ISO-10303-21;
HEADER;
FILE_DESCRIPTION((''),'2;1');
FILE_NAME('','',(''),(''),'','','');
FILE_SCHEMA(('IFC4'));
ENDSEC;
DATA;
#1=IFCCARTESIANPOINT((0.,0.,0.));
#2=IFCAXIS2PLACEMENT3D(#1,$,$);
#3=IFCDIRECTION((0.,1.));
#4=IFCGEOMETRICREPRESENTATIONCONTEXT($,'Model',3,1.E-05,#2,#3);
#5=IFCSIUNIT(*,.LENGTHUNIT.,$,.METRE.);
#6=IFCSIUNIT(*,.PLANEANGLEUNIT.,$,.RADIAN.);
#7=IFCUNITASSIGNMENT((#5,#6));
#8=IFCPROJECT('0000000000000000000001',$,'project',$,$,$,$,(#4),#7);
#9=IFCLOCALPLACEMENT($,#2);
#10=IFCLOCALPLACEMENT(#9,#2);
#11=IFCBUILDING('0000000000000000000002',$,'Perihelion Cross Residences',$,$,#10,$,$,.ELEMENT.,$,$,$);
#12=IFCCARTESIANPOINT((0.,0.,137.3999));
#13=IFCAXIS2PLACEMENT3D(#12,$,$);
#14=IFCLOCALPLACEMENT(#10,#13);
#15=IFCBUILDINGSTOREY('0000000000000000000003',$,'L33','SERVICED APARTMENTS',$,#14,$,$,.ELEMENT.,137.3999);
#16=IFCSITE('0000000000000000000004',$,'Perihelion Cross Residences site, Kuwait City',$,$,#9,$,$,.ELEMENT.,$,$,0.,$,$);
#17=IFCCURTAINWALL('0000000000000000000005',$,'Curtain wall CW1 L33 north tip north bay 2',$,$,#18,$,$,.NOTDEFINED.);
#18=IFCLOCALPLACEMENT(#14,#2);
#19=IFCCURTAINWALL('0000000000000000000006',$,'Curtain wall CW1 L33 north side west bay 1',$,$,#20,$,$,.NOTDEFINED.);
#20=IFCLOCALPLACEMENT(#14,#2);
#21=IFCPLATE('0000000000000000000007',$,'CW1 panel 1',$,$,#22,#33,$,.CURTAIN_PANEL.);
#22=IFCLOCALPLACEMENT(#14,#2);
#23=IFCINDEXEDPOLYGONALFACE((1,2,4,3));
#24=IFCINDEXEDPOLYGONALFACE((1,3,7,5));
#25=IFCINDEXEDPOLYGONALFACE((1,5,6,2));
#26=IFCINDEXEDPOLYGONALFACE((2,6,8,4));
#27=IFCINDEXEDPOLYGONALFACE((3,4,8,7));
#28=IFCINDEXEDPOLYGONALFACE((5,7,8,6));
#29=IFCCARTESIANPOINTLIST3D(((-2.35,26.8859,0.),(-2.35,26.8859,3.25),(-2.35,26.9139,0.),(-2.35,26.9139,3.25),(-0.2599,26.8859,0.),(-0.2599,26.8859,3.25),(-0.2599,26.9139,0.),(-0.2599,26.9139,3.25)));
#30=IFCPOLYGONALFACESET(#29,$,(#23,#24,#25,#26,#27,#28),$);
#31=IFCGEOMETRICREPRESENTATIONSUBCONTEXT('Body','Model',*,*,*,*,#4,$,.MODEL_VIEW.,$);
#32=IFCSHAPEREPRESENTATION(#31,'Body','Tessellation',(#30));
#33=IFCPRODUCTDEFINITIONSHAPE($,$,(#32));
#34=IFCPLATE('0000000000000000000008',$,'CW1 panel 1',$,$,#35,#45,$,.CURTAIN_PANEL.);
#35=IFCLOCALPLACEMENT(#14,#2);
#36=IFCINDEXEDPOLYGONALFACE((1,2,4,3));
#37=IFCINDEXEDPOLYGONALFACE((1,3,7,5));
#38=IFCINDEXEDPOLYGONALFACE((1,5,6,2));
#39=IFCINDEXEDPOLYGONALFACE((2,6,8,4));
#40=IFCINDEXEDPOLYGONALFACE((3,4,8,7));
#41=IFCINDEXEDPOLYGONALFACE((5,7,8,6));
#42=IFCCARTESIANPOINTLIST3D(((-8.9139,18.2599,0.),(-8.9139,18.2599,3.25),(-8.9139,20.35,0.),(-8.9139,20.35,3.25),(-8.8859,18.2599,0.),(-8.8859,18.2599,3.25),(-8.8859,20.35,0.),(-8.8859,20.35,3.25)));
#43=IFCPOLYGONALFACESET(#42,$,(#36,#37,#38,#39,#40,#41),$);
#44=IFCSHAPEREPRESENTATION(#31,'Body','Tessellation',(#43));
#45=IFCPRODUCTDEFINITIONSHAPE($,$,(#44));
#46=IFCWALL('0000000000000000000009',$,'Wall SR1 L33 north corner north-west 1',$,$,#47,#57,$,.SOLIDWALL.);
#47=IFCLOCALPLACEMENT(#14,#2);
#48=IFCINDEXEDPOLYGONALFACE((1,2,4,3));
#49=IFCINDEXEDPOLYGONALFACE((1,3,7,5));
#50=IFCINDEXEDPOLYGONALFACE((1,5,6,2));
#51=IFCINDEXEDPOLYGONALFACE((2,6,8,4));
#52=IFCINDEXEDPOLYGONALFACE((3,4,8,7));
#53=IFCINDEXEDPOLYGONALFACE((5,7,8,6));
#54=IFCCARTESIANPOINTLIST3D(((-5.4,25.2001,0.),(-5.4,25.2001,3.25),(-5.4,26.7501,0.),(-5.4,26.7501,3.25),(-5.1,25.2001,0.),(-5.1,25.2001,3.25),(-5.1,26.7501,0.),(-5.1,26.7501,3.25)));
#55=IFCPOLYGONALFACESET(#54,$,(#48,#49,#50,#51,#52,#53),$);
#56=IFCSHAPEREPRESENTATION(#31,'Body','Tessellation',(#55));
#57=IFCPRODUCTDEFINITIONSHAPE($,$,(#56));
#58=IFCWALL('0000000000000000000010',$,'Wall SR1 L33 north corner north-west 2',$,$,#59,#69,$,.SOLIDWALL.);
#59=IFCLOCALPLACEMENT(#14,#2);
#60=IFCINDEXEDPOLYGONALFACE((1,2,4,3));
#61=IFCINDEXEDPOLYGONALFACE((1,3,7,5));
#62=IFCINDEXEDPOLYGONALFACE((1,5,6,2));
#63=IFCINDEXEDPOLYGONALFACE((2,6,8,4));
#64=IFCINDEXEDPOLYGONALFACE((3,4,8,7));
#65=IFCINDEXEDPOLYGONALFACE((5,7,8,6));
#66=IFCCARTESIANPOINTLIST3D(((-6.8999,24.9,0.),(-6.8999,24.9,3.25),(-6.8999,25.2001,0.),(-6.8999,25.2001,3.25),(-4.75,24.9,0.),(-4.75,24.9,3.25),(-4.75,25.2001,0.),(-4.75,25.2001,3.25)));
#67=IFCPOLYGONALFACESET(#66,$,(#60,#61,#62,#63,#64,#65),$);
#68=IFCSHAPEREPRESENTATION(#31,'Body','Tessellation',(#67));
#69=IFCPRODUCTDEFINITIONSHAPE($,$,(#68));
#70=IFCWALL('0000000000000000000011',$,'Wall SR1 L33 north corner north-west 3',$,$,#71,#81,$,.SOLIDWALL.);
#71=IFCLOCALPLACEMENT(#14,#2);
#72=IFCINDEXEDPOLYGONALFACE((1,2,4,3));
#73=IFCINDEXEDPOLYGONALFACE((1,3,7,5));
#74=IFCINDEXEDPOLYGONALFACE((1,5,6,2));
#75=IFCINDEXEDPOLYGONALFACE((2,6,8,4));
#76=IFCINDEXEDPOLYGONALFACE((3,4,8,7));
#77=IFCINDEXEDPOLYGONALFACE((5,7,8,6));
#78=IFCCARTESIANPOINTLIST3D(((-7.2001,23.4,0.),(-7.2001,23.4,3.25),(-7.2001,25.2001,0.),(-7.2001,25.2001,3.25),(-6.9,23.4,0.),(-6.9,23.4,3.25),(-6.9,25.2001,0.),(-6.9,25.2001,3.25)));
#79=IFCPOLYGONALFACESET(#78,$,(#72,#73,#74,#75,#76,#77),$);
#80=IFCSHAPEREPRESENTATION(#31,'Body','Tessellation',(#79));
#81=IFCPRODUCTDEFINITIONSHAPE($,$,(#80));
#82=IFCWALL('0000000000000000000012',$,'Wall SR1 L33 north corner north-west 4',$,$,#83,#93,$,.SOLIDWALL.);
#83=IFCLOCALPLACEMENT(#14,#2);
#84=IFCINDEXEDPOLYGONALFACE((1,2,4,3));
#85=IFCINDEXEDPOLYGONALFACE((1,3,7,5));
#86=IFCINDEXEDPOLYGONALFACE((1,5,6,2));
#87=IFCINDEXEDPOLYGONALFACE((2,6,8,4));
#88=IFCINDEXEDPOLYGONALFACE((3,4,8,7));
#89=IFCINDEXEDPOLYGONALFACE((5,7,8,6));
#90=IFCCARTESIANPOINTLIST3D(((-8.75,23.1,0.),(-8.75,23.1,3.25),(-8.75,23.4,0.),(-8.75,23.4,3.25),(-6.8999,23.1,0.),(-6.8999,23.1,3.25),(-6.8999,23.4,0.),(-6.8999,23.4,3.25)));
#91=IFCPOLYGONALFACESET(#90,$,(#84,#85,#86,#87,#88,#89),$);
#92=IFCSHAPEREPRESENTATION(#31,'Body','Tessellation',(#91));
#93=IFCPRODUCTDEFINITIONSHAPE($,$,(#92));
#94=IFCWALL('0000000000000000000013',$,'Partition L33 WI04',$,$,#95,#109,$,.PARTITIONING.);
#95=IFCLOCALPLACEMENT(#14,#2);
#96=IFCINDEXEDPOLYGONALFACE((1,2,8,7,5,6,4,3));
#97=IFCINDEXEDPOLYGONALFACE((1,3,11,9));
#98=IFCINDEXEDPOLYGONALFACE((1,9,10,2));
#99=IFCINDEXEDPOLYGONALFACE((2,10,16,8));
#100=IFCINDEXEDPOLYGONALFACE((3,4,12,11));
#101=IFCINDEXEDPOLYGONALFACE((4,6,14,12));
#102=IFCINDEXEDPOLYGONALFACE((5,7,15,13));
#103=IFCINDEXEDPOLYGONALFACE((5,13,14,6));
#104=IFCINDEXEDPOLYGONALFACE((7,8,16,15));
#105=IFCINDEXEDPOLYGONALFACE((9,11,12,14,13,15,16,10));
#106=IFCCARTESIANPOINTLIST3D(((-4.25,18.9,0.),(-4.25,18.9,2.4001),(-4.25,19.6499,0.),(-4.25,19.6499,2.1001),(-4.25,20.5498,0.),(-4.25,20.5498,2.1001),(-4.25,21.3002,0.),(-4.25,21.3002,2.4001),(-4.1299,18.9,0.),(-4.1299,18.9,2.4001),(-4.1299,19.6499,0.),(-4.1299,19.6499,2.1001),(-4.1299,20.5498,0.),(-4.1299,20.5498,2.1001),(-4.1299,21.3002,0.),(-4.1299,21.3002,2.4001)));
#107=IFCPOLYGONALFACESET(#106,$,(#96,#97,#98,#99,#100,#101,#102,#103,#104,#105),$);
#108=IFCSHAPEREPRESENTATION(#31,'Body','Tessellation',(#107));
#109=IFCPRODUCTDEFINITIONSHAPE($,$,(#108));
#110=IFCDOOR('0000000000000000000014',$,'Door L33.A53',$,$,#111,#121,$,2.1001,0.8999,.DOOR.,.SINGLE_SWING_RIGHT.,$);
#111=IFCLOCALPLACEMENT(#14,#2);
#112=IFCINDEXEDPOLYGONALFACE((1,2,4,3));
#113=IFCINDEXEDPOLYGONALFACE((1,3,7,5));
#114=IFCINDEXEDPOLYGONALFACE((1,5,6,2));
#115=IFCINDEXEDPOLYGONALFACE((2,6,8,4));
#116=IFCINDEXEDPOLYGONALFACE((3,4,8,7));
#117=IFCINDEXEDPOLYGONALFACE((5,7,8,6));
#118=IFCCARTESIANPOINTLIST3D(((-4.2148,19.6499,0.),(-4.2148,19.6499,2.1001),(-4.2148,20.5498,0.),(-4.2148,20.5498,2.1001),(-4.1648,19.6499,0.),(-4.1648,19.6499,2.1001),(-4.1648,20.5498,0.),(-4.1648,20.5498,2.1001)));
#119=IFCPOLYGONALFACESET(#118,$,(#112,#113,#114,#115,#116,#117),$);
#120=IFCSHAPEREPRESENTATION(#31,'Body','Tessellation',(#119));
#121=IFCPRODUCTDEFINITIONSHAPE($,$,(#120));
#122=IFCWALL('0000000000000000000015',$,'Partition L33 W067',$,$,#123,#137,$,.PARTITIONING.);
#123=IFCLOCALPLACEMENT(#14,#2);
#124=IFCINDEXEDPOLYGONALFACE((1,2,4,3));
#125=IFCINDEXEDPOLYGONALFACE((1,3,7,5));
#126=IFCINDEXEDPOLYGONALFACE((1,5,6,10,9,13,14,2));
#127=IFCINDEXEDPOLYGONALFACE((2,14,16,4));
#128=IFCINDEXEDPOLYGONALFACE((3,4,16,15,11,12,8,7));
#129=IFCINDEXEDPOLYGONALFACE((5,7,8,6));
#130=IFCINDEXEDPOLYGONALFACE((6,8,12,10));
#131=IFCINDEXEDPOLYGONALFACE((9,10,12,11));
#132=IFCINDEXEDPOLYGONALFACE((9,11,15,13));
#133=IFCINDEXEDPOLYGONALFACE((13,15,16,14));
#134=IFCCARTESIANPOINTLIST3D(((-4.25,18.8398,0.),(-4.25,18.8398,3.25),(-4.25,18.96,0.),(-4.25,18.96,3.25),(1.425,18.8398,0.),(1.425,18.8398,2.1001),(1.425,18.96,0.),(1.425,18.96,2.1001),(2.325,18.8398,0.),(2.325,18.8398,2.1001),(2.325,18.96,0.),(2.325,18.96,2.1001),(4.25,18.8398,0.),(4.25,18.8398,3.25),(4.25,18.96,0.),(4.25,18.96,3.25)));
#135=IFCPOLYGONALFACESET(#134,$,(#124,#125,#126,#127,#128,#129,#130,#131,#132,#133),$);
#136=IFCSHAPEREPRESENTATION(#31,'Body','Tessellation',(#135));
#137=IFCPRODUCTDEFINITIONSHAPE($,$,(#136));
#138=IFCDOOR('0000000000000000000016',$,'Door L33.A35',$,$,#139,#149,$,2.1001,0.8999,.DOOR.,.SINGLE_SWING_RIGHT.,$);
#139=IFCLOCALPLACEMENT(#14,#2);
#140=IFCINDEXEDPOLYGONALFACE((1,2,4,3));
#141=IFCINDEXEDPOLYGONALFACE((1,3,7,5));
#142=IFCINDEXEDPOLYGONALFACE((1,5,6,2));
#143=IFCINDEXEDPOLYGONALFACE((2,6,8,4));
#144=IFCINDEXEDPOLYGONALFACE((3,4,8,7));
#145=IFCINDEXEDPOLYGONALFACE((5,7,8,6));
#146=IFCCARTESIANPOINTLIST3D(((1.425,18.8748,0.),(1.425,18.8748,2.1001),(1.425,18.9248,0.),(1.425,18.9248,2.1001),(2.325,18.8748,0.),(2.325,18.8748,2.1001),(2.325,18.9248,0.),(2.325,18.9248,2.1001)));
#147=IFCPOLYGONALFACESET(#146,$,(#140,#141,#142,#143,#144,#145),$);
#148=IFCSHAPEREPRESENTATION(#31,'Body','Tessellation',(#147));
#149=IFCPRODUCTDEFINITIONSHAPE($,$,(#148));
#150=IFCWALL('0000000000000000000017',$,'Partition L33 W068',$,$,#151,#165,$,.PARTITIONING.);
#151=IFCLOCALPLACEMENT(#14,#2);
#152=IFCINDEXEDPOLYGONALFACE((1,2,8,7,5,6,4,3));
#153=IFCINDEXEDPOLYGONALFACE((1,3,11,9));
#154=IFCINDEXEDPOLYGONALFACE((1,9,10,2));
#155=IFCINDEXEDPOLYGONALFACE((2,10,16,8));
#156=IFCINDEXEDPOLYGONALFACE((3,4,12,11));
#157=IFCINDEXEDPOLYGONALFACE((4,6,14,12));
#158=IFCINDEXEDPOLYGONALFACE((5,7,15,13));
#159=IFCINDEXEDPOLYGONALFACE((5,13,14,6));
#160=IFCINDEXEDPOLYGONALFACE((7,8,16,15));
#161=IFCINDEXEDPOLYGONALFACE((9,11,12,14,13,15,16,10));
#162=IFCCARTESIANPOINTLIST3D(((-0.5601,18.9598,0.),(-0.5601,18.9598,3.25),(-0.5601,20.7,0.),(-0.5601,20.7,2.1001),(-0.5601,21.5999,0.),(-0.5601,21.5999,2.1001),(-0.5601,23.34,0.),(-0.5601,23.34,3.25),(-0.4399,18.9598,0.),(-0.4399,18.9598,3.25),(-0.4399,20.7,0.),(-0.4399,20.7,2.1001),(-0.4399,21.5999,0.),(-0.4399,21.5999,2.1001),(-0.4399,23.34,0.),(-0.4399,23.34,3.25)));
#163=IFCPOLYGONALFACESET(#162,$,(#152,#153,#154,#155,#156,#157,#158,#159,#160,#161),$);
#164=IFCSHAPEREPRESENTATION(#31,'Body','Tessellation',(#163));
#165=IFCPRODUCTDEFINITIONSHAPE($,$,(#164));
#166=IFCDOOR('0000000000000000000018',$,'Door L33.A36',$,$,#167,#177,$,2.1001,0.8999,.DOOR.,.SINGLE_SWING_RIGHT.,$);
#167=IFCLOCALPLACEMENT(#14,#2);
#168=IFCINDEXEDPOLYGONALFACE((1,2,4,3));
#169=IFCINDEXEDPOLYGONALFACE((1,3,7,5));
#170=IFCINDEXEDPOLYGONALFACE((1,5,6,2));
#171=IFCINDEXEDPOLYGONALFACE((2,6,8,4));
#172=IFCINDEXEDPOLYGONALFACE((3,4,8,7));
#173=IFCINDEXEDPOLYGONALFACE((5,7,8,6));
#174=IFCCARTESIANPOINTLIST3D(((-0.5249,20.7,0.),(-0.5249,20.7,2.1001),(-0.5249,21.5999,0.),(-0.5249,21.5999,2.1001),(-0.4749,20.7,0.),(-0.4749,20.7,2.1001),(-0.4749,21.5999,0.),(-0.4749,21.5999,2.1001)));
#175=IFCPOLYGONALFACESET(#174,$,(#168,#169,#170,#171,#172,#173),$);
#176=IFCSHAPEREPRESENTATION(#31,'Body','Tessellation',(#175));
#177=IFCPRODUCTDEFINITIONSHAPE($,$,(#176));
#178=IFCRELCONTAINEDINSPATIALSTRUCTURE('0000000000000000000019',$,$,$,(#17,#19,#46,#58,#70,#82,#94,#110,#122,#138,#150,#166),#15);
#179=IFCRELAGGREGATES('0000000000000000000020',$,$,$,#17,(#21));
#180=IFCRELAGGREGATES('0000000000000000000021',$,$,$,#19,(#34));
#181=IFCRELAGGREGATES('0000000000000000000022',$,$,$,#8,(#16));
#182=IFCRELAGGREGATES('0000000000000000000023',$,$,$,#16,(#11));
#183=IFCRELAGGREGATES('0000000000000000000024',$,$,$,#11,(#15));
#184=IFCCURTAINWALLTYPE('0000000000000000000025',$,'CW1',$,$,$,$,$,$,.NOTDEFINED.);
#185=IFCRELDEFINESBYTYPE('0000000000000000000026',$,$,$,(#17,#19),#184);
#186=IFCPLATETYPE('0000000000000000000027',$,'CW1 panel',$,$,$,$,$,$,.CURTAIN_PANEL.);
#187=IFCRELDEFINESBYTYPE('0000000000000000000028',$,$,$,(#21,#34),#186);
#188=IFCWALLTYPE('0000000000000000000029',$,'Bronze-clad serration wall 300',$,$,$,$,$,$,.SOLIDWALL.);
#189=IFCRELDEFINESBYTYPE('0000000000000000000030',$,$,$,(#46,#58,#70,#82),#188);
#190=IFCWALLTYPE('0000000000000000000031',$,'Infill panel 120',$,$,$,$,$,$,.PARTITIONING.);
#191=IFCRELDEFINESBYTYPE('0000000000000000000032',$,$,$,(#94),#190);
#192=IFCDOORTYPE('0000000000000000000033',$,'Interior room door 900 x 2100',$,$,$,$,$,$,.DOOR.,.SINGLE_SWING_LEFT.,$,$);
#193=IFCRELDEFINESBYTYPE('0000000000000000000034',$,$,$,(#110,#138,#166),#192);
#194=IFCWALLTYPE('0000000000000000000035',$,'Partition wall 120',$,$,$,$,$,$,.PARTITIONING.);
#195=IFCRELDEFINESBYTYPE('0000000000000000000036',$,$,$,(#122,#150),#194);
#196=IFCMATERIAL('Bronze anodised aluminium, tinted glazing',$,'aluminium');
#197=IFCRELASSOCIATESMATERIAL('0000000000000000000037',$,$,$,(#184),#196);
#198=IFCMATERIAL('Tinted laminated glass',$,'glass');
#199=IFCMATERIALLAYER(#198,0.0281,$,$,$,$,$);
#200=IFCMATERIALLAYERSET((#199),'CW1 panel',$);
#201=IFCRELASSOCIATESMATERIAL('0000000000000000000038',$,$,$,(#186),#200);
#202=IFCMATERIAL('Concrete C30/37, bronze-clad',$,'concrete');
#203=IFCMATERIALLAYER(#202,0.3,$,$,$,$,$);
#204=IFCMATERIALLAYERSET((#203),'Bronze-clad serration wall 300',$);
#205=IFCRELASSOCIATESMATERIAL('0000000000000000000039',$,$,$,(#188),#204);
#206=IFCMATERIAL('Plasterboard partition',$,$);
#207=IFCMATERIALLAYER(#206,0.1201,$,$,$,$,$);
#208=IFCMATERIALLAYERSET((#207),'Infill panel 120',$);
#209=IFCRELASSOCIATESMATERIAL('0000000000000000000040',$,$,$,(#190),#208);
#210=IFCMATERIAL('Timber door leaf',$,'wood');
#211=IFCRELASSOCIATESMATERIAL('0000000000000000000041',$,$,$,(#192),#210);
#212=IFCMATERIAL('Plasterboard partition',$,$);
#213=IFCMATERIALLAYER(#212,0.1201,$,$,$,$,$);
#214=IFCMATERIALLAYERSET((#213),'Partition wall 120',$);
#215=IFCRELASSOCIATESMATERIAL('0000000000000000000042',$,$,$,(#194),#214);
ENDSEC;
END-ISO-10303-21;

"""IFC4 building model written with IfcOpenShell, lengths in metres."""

from ifc_helpers import new_model, si_unit, direction, frame, frame_2d, origin, origin_2d, place, context, subcontext, project, spatial, rectangle, extrude, material, layer, layer_set, type_object, element, fill, aggregate, save


model = new_model("IFC4")

# Units and contexts
model_context = context("Model", 3, precision=1e-05, world=origin(), true_north=direction((0.0, 1.0)))
body_context = subcontext(model_context, "Body", "Model", "MODEL_VIEW")
ifc_project = project(units=[si_unit("LENGTHUNIT", "METRE"), si_unit("PLANEANGLEUNIT", "RADIAN")], contexts=[model_context])

# Site, building, storey
site_placement = place(None, origin())
site = spatial("IfcSite", under=ifc_project, at=site_placement, Name="Perihelion Cross Residences site, Kuwait City", CompositionType="ELEMENT", RefElevation=0.0)
building_placement = place(site_placement, origin())
building = spatial("IfcBuilding", under=site, at=building_placement, Name="Perihelion Cross Residences", CompositionType="ELEMENT")
storey_placement = place(building_placement, frame((0.0, 0.0, 137.3999)))
storey = spatial("IfcBuildingStorey", under=building, at=storey_placement, Name="L33", Description="SERVICED APARTMENTS", CompositionType="ELEMENT", Elevation=137.3999)

# Curtain walls
ifc_material_1 = material(Name="Bronze anodised aluminium, tinted glazing", Category="aluminium")
curtain_wall_type = type_object("IfcCurtainWallType", Name="CW1", PredefinedType="NOTDEFINED", material=ifc_material_1)
curtain_wall_1_placement = place(storey_placement, origin())
curtain_wall_1 = element("IfcCurtainWall", 1, at=curtain_wall_1_placement, inside=storey, type_object=curtain_wall_type, Name="Curtain wall CW1 L33 north tip north bay 2", PredefinedType="NOTDEFINED")
curtain_wall_2_placement = place(storey_placement, origin())
curtain_wall_2 = element("IfcCurtainWall", 2, at=curtain_wall_2_placement, inside=storey, type_object=curtain_wall_type, Name="Curtain wall CW1 L33 north side west bay 1", PredefinedType="NOTDEFINED")

# Plates
ifc_material_2 = material(Name="Tinted laminated glass", Category="glass")
ifc_layer_1 = layer(ifc_material_2, 0.0281)
ifc_layer_set_1 = layer_set([ifc_layer_1], Name="CW1 panel")
plate_type = type_object("IfcPlateType", Name="CW1 panel", PredefinedType="CURTAIN_PANEL", material=ifc_layer_set_1)
plate_1_placement = place(storey_placement, frame((-1.3049, 26.8999, 0.0), z_axis=(0.0, 0.0, 1.0), x_axis=(-1.0, 0.0, 0.0)))
plate_1 = element("IfcPlate", 3, at=plate_1_placement, type_object=plate_type, Name="CW1 panel 1", PredefinedType="CURTAIN_PANEL", context=body_context, shape_type="SweptSolid", body=[
    extrude(rectangle(XDim=2.0901, YDim=0.0281, at=origin_2d()), origin(), (0.0, 0.0, 1.0), 3.25),
])
aggregate(curtain_wall_1, [plate_1])
plate_2_placement = place(storey_placement, frame((-8.8999, 19.3049, 0.0), z_axis=(0.0, 0.0, 1.0), x_axis=(0.0, -1.0, 0.0)))
plate_2 = element("IfcPlate", 4, at=plate_2_placement, type_object=plate_type, Name="CW1 panel 1", PredefinedType="CURTAIN_PANEL", context=body_context, shape_type="SweptSolid", body=[
    extrude(rectangle(XDim=2.0901, YDim=0.0281, at=origin_2d()), origin(), (0.0, 0.0, 1.0), 3.25),
])
aggregate(curtain_wall_2, [plate_2])

# Walls
ifc_material_3 = material(Name="Concrete C30/37, bronze-clad", Category="concrete")
ifc_layer_2 = layer(ifc_material_3, 0.3)
ifc_layer_set_2 = layer_set([ifc_layer_2], Name="Bronze-clad serration wall 300")
wall_type_1 = type_object("IfcWallType", Name="Bronze-clad serration wall 300", PredefinedType="SOLIDWALL", material=ifc_layer_set_2)
wall_1_placement = place(storey_placement, frame((-5.25, 26.75, 0.0), z_axis=(0.0, 0.0, 1.0), x_axis=(0.0, -1.0, 0.0)))
element("IfcWall", 5, at=wall_1_placement, inside=storey, type_object=wall_type_1, Name="Wall SR1 L33 north corner north-west 1", PredefinedType="SOLIDWALL", context=body_context, shape_type="SweptSolid", body=[
    extrude(rectangle(XDim=1.55, YDim=0.3, at=frame_2d((0.7749, 0.0))), origin(), (0.0, 0.0, 1.0), 3.25),
])
wall_2_placement = place(storey_placement, frame((-4.75, 25.05, 0.0), z_axis=(0.0, 0.0, 1.0), x_axis=(-1.0, 0.0, 0.0)))
element("IfcWall", 6, at=wall_2_placement, inside=storey, type_object=wall_type_1, Name="Wall SR1 L33 north corner north-west 2", PredefinedType="SOLIDWALL", context=body_context, shape_type="SweptSolid", body=[
    extrude(rectangle(XDim=2.1499, YDim=0.3, at=frame_2d((1.075, 0.0))), origin(), (0.0, 0.0, 1.0), 3.25),
])
wall_3_placement = place(storey_placement, frame((-7.05, 25.2, 0.0), z_axis=(0.0, 0.0, 1.0), x_axis=(0.0, -1.0, 0.0)))
element("IfcWall", 7, at=wall_3_placement, inside=storey, type_object=wall_type_1, Name="Wall SR1 L33 north corner north-west 3", PredefinedType="SOLIDWALL", context=body_context, shape_type="SweptSolid", body=[
    extrude(rectangle(XDim=1.8, YDim=0.3, at=frame_2d((0.8999, 0.0))), origin(), (0.0, 0.0, 1.0), 3.25),
])
wall_4_placement = place(storey_placement, frame((-6.8999, 23.25, 0.0), z_axis=(0.0, 0.0, 1.0), x_axis=(-1.0, 0.0, 0.0)))
element("IfcWall", 8, at=wall_4_placement, inside=storey, type_object=wall_type_1, Name="Wall SR1 L33 north corner north-west 4", PredefinedType="SOLIDWALL", context=body_context, shape_type="SweptSolid", body=[
    extrude(rectangle(XDim=1.8501, YDim=0.3, at=frame_2d((0.925, 0.0))), origin(), (0.0, 0.0, 1.0), 3.25),
])

# Walls, openings, doors
ifc_material_4 = material(Name="Plasterboard partition")
ifc_layer_3 = layer(ifc_material_4, 0.1201)
ifc_layer_set_3 = layer_set([ifc_layer_3], Name="Infill panel 120")
wall_type_2 = type_object("IfcWallType", Name="Infill panel 120", PredefinedType="PARTITIONING", material=ifc_layer_set_3)
wall_5_placement = place(storey_placement, frame((-4.1899, 18.8999, 0.0), z_axis=(0.0, 0.0, 1.0), x_axis=(0.0, 1.0, 0.0)))
wall_5 = element("IfcWall", 9, at=wall_5_placement, inside=storey, type_object=wall_type_2, Name="Partition L33 WI04", PredefinedType="PARTITIONING", context=body_context, shape_type="SweptSolid", body=[
    extrude(rectangle(XDim=2.4001, YDim=0.1201, at=frame_2d((1.2002, 0.0))), origin(), (0.0, 0.0, 1.0), 2.4001),
])
opening_1_placement = place(wall_5_placement, frame((0.75, 0.0, 0.0)))
opening_1 = element("IfcOpeningElement", 10, at=opening_1_placement, cuts=wall_5, PredefinedType="OPENING", context=body_context, shape_type="SweptSolid", body=[
    extrude(rectangle(XDim=0.8999, YDim=2.1001, at=frame_2d((0.45, 1.05))), frame((0.0, 0.0701, 0.0), z_axis=(0.0, -1.0, 0.0), x_axis=(1.0, 0.0, 0.0)), (0.0, 0.0, 1.0), 0.1401),
])
ifc_material_5 = material(Name="Timber door leaf", Category="wood")
door_type_1 = type_object("IfcDoorType", Name="Interior room door 900 x 2100", OperationType="SINGLE_SWING_LEFT", PredefinedType="DOOR", material=ifc_material_5)
door_1_placement = place(opening_1_placement, origin())
door_1 = element("IfcDoor", 11, at=door_1_placement, inside=storey, type_object=door_type_1, Name="Door L33.A53", OperationType="SINGLE_SWING_RIGHT", OverallHeight=2.1001, OverallWidth=0.8999, PredefinedType="DOOR", context=body_context, shape_type="SweptSolid", body=[
    extrude(rectangle(XDim=0.8999, YDim=2.1001, at=frame_2d((0.45, 1.05))), frame((0.0, 0.0249, 0.0), z_axis=(0.0, -1.0, 0.0), x_axis=(1.0, 0.0, 0.0)), (0.0, 0.0, 1.0), 0.05),
])
fill(opening_1, door_1)
ifc_material_6 = material(Name="Plasterboard partition")
ifc_layer_4 = layer(ifc_material_6, 0.1201)
ifc_layer_set_4 = layer_set([ifc_layer_4], Name="Partition wall 120")
wall_type_3 = type_object("IfcWallType", Name="Partition wall 120", PredefinedType="PARTITIONING", material=ifc_layer_set_4)
wall_6_placement = place(storey_placement, frame((-4.25, 18.8999, 0.0), z_axis=(0.0, 0.0, 1.0), x_axis=(1.0, 0.0, 0.0)))
wall_6 = element("IfcWall", 12, at=wall_6_placement, inside=storey, type_object=wall_type_3, Name="Partition L33 W067", PredefinedType="PARTITIONING", context=body_context, shape_type="SweptSolid", body=[
    extrude(rectangle(XDim=8.5, YDim=0.1201, at=frame_2d((4.25, 0.0))), origin(), (0.0, 0.0, 1.0), 3.25),
])
opening_2_placement = place(wall_6_placement, frame((5.675, 0.0, 0.0)))
opening_2 = element("IfcOpeningElement", 13, at=opening_2_placement, cuts=wall_6, PredefinedType="OPENING", context=body_context, shape_type="SweptSolid", body=[
    extrude(rectangle(XDim=0.8999, YDim=2.1001, at=frame_2d((0.45, 1.05))), frame((0.0, 0.0701, 0.0), z_axis=(0.0, -1.0, 0.0), x_axis=(1.0, 0.0, 0.0)), (0.0, 0.0, 1.0), 0.1401),
])
door_2_placement = place(opening_2_placement, origin())
door_2 = element("IfcDoor", 14, at=door_2_placement, inside=storey, type_object=door_type_1, Name="Door L33.A35", OperationType="SINGLE_SWING_RIGHT", OverallHeight=2.1001, OverallWidth=0.8999, PredefinedType="DOOR", context=body_context, shape_type="SweptSolid", body=[
    extrude(rectangle(XDim=0.8999, YDim=2.1001, at=frame_2d((0.45, 1.05))), frame((0.0, 0.0249, 0.0), z_axis=(0.0, -1.0, 0.0), x_axis=(1.0, 0.0, 0.0)), (0.0, 0.0, 1.0), 0.05),
])
fill(opening_2, door_2)
wall_7_placement = place(storey_placement, frame((-0.5, 18.96, 0.0), z_axis=(0.0, 0.0, 1.0), x_axis=(0.0, 1.0, 0.0)))
wall_7 = element("IfcWall", 15, at=wall_7_placement, inside=storey, type_object=wall_type_3, Name="Partition L33 W068", PredefinedType="PARTITIONING", context=body_context, shape_type="SweptSolid", body=[
    extrude(rectangle(XDim=4.3801, YDim=0.1201, at=frame_2d((2.1899, 0.0))), origin(), (0.0, 0.0, 1.0), 3.25),
])
opening_3_placement = place(wall_7_placement, frame((1.74, 0.0, 0.0)))
opening_3 = element("IfcOpeningElement", 16, at=opening_3_placement, cuts=wall_7, PredefinedType="OPENING", context=body_context, shape_type="SweptSolid", body=[
    extrude(rectangle(XDim=0.8999, YDim=2.1001, at=frame_2d((0.45, 1.05))), frame((0.0, 0.0701, 0.0), z_axis=(0.0, -1.0, 0.0), x_axis=(1.0, 0.0, 0.0)), (0.0, 0.0, 1.0), 0.1401),
])
door_3_placement = place(opening_3_placement, origin())
door_3 = element("IfcDoor", 17, at=door_3_placement, inside=storey, type_object=door_type_1, Name="Door L33.A36", OperationType="SINGLE_SWING_RIGHT", OverallHeight=2.1001, OverallWidth=0.8999, PredefinedType="DOOR", context=body_context, shape_type="SweptSolid", body=[
    extrude(rectangle(XDim=0.8999, YDim=2.1001, at=frame_2d((0.45, 1.05))), frame((0.0, 0.0249, 0.0), z_axis=(0.0, -1.0, 0.0), x_axis=(1.0, 0.0, 0.0)), (0.0, 0.0, 1.0), 0.05),
])
fill(opening_3, door_3)

save(model, "model.ifc")
